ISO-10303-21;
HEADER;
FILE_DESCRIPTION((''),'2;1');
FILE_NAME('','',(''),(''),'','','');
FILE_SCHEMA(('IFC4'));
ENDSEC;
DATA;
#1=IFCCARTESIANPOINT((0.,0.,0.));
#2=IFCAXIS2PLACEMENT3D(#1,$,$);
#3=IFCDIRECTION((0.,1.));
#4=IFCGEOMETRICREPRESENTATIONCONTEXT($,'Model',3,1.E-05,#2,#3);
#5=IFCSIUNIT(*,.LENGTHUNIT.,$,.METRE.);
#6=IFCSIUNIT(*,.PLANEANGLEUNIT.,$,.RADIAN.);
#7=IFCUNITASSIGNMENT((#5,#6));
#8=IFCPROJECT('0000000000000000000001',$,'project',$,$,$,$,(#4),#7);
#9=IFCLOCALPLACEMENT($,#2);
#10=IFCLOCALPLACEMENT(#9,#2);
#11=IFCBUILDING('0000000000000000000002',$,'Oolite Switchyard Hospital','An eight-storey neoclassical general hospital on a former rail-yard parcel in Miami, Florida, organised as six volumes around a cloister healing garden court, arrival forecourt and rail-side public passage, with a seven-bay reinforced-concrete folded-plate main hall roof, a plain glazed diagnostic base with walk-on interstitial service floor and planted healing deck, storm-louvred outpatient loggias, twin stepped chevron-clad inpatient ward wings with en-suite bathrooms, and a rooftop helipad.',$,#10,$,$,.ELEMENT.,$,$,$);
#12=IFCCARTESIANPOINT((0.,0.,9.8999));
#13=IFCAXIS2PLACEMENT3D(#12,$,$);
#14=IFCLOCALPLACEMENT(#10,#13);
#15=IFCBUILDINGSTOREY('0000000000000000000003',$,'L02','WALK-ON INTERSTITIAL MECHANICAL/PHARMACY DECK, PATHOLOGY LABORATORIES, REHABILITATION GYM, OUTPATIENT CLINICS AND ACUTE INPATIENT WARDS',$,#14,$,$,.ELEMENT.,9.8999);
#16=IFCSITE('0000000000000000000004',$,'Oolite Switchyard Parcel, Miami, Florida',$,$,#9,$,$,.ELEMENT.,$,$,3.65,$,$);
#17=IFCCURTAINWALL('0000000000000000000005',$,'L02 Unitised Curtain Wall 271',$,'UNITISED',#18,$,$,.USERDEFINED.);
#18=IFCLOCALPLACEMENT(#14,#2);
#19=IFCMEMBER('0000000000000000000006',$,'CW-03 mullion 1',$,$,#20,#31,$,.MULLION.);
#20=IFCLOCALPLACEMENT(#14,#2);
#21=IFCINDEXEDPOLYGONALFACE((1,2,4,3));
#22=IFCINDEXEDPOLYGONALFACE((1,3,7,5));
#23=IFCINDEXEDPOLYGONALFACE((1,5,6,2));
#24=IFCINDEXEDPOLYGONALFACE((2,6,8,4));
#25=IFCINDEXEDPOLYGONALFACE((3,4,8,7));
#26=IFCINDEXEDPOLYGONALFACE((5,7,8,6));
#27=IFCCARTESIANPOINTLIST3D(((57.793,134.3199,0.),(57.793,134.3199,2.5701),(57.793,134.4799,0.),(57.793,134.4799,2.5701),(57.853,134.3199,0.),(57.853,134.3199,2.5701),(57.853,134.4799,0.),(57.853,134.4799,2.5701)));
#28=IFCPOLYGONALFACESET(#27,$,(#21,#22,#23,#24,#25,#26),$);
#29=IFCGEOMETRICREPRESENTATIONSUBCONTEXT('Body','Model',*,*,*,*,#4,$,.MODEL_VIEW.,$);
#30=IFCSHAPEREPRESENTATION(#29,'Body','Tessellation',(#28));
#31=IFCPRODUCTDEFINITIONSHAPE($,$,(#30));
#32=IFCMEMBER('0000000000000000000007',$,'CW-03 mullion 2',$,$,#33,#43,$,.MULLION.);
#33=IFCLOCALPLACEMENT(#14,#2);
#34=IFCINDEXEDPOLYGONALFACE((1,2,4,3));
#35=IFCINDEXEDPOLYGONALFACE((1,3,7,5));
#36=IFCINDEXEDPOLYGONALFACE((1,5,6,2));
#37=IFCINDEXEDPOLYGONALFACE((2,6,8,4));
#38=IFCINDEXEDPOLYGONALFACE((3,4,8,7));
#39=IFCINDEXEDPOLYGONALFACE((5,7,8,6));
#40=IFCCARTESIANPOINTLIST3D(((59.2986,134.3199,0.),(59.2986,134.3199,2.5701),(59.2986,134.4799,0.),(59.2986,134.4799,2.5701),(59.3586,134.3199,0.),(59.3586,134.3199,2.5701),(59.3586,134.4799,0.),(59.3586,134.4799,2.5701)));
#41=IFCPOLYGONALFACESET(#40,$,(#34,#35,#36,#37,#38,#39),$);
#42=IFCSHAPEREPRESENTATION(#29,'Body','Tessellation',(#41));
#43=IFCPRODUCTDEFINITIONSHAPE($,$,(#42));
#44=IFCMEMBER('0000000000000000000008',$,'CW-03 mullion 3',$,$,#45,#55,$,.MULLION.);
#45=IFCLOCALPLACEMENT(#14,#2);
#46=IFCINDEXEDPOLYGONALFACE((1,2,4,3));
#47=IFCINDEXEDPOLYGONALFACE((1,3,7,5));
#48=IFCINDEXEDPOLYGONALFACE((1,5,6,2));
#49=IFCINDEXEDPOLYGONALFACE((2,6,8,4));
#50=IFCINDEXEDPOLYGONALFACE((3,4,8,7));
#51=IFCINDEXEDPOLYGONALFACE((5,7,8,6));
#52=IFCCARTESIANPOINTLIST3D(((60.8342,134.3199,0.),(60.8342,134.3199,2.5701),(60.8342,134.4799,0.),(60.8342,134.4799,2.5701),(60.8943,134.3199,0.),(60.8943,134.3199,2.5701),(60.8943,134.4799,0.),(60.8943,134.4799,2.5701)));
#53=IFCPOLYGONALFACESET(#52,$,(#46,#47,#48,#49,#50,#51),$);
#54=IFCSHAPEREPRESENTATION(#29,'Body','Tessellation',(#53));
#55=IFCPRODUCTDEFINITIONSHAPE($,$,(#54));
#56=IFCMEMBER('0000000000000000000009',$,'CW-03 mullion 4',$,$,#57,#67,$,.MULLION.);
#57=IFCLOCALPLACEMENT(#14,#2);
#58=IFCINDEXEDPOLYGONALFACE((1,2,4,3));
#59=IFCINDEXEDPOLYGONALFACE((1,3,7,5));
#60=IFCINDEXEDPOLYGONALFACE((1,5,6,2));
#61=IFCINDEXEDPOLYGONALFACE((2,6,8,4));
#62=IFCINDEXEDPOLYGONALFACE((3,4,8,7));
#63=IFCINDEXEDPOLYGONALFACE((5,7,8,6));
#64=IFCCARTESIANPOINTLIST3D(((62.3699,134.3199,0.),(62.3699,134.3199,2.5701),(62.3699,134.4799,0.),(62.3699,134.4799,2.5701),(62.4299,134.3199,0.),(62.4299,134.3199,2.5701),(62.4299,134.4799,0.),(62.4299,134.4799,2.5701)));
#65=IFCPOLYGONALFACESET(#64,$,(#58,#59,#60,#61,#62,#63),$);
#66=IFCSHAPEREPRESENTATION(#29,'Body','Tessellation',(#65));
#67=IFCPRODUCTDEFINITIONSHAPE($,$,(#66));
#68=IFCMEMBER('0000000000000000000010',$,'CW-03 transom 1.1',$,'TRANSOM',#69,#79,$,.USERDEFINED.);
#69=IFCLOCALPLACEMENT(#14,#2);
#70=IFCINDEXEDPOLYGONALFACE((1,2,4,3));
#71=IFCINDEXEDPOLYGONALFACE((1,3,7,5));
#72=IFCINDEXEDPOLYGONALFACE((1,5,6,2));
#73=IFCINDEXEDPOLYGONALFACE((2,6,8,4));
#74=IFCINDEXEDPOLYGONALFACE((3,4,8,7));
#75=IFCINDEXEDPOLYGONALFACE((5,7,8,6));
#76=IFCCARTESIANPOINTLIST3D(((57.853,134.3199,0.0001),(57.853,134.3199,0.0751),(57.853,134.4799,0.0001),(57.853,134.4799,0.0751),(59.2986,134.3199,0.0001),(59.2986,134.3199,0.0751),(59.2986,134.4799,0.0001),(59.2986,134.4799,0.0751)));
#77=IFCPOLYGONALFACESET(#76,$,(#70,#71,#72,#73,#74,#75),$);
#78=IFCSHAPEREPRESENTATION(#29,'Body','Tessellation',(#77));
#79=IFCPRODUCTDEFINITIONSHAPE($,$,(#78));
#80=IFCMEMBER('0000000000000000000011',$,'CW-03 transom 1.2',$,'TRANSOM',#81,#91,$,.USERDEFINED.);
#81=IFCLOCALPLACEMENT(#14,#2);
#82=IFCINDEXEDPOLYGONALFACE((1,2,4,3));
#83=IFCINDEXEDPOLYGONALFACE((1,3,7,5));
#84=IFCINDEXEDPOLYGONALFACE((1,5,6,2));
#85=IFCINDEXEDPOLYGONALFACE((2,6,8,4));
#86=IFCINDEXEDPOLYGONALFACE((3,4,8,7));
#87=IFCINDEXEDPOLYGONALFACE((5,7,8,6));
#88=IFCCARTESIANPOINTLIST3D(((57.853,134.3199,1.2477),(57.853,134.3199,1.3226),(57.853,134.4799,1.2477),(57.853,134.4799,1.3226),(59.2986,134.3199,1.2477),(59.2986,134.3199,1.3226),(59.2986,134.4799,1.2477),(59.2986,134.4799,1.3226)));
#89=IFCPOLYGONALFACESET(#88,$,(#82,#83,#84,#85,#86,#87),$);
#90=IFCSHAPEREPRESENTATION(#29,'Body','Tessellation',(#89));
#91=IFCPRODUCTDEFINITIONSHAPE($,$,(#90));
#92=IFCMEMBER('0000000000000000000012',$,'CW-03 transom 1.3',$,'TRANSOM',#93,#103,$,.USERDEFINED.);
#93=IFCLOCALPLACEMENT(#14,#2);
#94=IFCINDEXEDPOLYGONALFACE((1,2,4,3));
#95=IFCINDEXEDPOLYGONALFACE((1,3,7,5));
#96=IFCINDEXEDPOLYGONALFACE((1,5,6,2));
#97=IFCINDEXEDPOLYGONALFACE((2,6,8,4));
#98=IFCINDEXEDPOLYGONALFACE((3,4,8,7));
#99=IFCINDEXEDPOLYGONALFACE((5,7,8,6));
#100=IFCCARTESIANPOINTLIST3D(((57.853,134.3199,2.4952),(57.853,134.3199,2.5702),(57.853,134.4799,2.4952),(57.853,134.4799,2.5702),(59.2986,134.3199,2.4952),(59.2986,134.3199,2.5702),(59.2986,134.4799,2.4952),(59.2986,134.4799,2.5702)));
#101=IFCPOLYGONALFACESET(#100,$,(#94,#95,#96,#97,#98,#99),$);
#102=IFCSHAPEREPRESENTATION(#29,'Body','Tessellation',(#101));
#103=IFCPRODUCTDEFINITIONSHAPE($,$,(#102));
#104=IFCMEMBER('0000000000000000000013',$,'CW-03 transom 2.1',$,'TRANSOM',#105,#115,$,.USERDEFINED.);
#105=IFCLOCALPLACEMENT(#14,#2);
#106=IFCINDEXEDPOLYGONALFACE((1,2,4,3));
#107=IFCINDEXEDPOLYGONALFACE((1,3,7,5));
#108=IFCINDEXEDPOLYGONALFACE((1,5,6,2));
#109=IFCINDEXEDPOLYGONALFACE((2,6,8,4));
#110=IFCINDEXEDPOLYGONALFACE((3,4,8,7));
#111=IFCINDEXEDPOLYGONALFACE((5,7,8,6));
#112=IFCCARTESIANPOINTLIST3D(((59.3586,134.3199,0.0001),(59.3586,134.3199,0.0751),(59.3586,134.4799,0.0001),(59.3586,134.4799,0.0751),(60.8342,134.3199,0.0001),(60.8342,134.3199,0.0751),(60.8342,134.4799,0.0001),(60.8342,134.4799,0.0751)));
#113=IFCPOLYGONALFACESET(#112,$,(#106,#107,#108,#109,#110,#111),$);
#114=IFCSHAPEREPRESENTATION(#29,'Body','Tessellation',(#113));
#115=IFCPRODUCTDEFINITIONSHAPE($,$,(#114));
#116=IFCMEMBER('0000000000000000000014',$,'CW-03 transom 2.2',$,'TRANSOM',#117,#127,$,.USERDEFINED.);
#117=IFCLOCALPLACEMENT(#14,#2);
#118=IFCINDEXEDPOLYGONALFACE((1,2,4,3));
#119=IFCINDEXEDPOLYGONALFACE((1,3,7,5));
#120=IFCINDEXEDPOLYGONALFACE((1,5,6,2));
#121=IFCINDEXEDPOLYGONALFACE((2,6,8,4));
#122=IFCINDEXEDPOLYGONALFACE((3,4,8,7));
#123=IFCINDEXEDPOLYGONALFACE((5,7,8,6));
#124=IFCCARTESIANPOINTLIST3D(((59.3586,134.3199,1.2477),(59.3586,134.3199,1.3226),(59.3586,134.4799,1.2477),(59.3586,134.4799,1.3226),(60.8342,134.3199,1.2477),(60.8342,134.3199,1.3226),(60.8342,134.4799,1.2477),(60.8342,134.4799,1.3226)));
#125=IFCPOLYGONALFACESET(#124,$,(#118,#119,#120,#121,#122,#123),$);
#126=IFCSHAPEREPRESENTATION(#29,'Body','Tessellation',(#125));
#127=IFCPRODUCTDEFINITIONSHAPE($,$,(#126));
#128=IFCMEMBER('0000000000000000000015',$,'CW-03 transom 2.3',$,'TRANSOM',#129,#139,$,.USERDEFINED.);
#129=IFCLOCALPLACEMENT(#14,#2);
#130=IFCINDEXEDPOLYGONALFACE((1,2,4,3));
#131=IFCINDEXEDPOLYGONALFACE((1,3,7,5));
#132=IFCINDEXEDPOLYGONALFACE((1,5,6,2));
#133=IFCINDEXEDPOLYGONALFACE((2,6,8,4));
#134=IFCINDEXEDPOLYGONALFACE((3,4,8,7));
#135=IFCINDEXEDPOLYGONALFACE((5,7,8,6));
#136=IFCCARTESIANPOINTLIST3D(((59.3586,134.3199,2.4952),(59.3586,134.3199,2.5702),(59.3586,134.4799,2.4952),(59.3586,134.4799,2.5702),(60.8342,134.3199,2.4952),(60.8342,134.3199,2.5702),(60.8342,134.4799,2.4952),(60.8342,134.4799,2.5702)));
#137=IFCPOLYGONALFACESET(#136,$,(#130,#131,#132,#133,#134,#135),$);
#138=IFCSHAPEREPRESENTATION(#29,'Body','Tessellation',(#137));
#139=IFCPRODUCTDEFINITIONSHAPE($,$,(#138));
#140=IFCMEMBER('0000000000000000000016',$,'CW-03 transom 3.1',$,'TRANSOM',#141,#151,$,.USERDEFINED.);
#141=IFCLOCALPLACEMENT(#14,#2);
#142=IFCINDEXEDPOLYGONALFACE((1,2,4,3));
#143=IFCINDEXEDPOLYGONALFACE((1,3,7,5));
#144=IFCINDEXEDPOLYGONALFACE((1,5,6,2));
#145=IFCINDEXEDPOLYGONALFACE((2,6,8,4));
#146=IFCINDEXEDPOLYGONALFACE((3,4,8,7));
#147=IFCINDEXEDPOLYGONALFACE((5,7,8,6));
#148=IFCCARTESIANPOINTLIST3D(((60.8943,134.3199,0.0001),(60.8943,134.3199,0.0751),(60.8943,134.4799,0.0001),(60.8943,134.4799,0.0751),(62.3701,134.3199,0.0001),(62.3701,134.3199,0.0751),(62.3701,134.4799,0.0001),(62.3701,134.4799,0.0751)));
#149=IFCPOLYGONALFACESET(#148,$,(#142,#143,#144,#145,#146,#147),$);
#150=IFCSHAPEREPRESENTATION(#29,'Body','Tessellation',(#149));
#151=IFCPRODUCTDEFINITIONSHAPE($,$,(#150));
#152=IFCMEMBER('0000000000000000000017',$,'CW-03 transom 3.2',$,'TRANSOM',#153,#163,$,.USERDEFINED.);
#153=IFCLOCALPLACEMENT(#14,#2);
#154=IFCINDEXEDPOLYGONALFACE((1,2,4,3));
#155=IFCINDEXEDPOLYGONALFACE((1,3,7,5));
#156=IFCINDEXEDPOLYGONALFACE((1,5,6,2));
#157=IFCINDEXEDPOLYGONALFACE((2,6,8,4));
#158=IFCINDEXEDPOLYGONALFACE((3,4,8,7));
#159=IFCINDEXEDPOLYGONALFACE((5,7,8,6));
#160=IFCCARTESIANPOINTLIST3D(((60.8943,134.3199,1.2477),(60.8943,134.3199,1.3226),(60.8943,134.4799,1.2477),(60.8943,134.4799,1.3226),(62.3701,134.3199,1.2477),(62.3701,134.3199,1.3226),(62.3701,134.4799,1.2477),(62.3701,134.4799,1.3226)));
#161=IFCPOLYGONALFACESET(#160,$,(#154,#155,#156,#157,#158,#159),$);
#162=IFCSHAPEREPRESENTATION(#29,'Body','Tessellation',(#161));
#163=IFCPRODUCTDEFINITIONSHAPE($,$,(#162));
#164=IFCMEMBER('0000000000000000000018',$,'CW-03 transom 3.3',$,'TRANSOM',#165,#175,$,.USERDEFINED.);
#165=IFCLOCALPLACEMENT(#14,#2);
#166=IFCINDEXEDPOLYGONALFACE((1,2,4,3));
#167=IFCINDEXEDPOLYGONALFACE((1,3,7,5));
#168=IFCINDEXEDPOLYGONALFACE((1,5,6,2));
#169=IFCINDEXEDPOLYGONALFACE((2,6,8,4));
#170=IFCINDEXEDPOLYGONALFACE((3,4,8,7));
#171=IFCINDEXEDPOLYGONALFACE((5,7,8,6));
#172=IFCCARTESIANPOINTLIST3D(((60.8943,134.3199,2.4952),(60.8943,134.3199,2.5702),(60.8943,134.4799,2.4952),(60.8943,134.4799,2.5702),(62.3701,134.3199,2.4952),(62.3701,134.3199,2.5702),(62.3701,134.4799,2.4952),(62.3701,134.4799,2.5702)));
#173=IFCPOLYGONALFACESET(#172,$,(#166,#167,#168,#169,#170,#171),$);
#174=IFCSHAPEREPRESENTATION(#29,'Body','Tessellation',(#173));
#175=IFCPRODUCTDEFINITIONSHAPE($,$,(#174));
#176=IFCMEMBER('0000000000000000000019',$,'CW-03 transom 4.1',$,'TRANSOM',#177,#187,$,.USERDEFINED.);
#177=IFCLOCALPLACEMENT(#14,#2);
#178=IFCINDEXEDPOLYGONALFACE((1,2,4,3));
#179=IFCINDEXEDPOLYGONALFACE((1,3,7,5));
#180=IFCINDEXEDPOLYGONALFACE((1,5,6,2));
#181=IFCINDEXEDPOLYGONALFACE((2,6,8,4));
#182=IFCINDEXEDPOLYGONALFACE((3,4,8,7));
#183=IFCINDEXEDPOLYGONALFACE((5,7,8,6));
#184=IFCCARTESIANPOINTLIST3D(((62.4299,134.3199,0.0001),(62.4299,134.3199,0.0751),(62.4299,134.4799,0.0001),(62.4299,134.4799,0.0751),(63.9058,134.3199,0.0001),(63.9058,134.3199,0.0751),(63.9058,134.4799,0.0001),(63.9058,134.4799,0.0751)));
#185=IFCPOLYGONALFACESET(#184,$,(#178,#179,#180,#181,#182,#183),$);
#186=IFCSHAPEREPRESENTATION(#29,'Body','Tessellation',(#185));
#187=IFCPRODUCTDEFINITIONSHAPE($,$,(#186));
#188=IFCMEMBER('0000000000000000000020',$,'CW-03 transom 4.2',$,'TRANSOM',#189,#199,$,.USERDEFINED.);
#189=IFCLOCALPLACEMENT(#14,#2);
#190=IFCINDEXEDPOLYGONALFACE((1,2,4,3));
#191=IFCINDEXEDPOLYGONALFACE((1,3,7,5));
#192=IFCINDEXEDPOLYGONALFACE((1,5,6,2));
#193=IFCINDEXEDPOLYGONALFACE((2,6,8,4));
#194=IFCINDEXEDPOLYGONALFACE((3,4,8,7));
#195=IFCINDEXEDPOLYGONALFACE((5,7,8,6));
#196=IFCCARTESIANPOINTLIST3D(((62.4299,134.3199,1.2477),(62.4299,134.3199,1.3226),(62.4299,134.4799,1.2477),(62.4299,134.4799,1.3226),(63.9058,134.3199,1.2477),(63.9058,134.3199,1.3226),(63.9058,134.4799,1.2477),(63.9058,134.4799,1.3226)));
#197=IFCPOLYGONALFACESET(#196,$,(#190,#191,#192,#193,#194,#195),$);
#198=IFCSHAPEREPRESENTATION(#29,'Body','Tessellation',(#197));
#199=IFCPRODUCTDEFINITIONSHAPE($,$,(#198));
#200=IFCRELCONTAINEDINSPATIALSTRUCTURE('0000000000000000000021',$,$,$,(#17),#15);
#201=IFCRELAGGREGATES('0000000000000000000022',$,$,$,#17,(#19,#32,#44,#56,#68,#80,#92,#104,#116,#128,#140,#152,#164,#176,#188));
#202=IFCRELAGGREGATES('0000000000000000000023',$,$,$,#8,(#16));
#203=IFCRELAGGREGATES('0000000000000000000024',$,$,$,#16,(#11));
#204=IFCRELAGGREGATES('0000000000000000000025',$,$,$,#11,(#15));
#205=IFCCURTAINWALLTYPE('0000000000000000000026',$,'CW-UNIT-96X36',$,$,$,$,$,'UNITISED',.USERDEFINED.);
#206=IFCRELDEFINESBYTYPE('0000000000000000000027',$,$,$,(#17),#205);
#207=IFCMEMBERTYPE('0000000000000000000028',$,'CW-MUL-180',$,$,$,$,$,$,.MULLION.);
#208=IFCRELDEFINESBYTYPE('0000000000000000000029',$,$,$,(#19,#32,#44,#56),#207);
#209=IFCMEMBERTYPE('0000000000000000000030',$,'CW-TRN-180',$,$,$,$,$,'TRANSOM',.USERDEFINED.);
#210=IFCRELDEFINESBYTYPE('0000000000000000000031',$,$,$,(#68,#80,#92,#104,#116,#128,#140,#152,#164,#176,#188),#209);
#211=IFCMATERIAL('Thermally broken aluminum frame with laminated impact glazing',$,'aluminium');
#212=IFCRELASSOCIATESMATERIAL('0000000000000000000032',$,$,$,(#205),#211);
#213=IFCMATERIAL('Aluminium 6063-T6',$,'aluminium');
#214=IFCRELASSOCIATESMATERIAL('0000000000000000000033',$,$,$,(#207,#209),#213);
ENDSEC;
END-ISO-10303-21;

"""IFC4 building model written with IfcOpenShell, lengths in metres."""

from ifc_helpers import new_model, si_unit, direction, frame, origin, origin_2d, place, context, subcontext, project, spatial, rectangle, extrude, material, material_profile, profile_set, type_object, element, aggregate, save


model = new_model("IFC4")

# Units and contexts
model_context = context("Model", 3, precision=1e-05, world=origin(), true_north=direction((0.0, 1.0)))
body_context = subcontext(model_context, "Body", "Model", "MODEL_VIEW")
ifc_project = project(units=[si_unit("LENGTHUNIT", "METRE"), si_unit("PLANEANGLEUNIT", "RADIAN")], contexts=[model_context])

# Site, building, storey
site_placement = place(None, origin())
site = spatial("IfcSite", under=ifc_project, at=site_placement, Name="Oolite Switchyard Parcel, Miami, Florida", CompositionType="ELEMENT", RefElevation=3.65)
building_placement = place(site_placement, origin())
building = spatial("IfcBuilding", under=site, at=building_placement, Name="Oolite Switchyard Hospital", Description="An eight-storey neoclassical general hospital on a former rail-yard parcel in Miami, Florida, organised as six volumes around a cloister healing garden court, arrival forecourt and rail-side public passage, with a seven-bay reinforced-concrete folded-plate main hall roof, a plain glazed diagnostic base with walk-on interstitial service floor and planted healing deck, storm-louvred outpatient loggias, twin stepped chevron-clad inpatient ward wings with en-suite bathrooms, and a rooftop helipad.", CompositionType="ELEMENT")
storey_placement = place(building_placement, frame((0.0, 0.0, 9.8999)))
storey = spatial("IfcBuildingStorey", under=building, at=storey_placement, Name="L02", Description="WALK-ON INTERSTITIAL MECHANICAL/PHARMACY DECK, PATHOLOGY LABORATORIES, REHABILITATION GYM, OUTPATIENT CLINICS AND ACUTE INPATIENT WARDS", CompositionType="ELEMENT", Elevation=9.8999)

# Curtain wall, members
ifc_material_1 = material(Name="Thermally broken aluminum frame with laminated impact glazing", Category="aluminium")
curtain_wall_type = type_object("IfcCurtainWallType", Name="CW-UNIT-96X36", ElementType="UNITISED", PredefinedType="USERDEFINED", material=ifc_material_1)
curtain_wall_placement = place(storey_placement, origin())
curtain_wall = element("IfcCurtainWall", 1, at=curtain_wall_placement, inside=storey, type_object=curtain_wall_type, Name="L02 Unitised Curtain Wall 271", ObjectType="UNITISED", PredefinedType="USERDEFINED")
ifc_material_2 = material(Name="Aluminium 6063-T6", Category="aluminium")
ifc_material_profile_1 = material_profile(ifc_material_2, rectangle(XDim=0.1599, YDim=0.0601, at=origin_2d()), Name="CWM60X160")
ifc_profile_set_1 = profile_set([ifc_material_profile_1], Name="Aluminium 6063-T6")
member_type_1 = type_object("IfcMemberType", Name="CW-MUL-180", PredefinedType="MULLION", material=ifc_profile_set_1)
member_1_placement = place(storey_placement, frame((57.823, 134.3999, 0.0), z_axis=(0.0, 0.0, 1.0), x_axis=(0.0, 1.0, 0.0)))
member_1 = element("IfcMember", 2, at=member_1_placement, type_object=member_type_1, Name="CW-03 mullion 1", PredefinedType="MULLION", context=body_context, shape_type="SweptSolid", body=[
    extrude(rectangle(XDim=0.1599, YDim=0.0601, at=origin_2d()), origin(), (0.0, 0.0, 1.0), 2.5701),
])
member_2_placement = place(storey_placement, frame((59.3286, 134.3999, 0.0), z_axis=(0.0, 0.0, 1.0), x_axis=(0.0, 1.0, 0.0)))
member_2 = element("IfcMember", 3, at=member_2_placement, type_object=member_type_1, Name="CW-03 mullion 2", PredefinedType="MULLION", context=body_context, shape_type="SweptSolid", body=[
    extrude(rectangle(XDim=0.1599, YDim=0.0601, at=origin_2d()), origin(), (0.0, 0.0, 1.0), 2.5701),
])
member_3_placement = place(storey_placement, frame((60.8643, 134.3999, 0.0), z_axis=(0.0, 0.0, 1.0), x_axis=(0.0, 1.0, 0.0)))
member_3 = element("IfcMember", 4, at=member_3_placement, type_object=member_type_1, Name="CW-03 mullion 3", PredefinedType="MULLION", context=body_context, shape_type="SweptSolid", body=[
    extrude(rectangle(XDim=0.1599, YDim=0.0601, at=origin_2d()), origin(), (0.0, 0.0, 1.0), 2.5701),
])
member_4_placement = place(storey_placement, frame((62.3999, 134.3999, 0.0), z_axis=(0.0, 0.0, 1.0), x_axis=(0.0, 1.0, 0.0)))
member_4 = element("IfcMember", 5, at=member_4_placement, type_object=member_type_1, Name="CW-03 mullion 4", PredefinedType="MULLION", context=body_context, shape_type="SweptSolid", body=[
    extrude(rectangle(XDim=0.1599, YDim=0.0601, at=origin_2d()), origin(), (0.0, 0.0, 1.0), 2.5701),
])
ifc_material_profile_2 = material_profile(ifc_material_2, rectangle(XDim=0.1599, YDim=0.075, at=origin_2d()), Name="CWT75X160")
ifc_profile_set_2 = profile_set([ifc_material_profile_2], Name="Aluminium 6063-T6")
member_type_2 = type_object("IfcMemberType", Name="CW-TRN-180", ElementType="TRANSOM", PredefinedType="USERDEFINED", material=ifc_profile_set_2)
member_5_placement = place(storey_placement, frame((57.853, 134.3999, 0.0376), z_axis=(1.0, 0.0, 0.0), x_axis=(0.0, 1.0, 0.0)))
member_5 = element("IfcMember", 6, at=member_5_placement, type_object=member_type_2, Name="CW-03 transom 1.1", ObjectType="TRANSOM", PredefinedType="USERDEFINED", context=body_context, shape_type="SweptSolid", body=[
    extrude(rectangle(XDim=0.1599, YDim=0.075, at=origin_2d()), origin(), (0.0, 0.0, 1.0), 1.4456),
])
member_6_placement = place(storey_placement, frame((57.853, 134.3999, 1.2852), z_axis=(1.0, 0.0, 0.0), x_axis=(0.0, 1.0, 0.0)))
member_6 = element("IfcMember", 7, at=member_6_placement, type_object=member_type_2, Name="CW-03 transom 1.2", ObjectType="TRANSOM", PredefinedType="USERDEFINED", context=body_context, shape_type="SweptSolid", body=[
    extrude(rectangle(XDim=0.1599, YDim=0.075, at=origin_2d()), origin(), (0.0, 0.0, 1.0), 1.4456),
])
member_7_placement = place(storey_placement, frame((57.853, 134.3999, 2.5327), z_axis=(1.0, 0.0, 0.0), x_axis=(0.0, 1.0, 0.0)))
member_7 = element("IfcMember", 8, at=member_7_placement, type_object=member_type_2, Name="CW-03 transom 1.3", ObjectType="TRANSOM", PredefinedType="USERDEFINED", context=body_context, shape_type="SweptSolid", body=[
    extrude(rectangle(XDim=0.1599, YDim=0.075, at=origin_2d()), origin(), (0.0, 0.0, 1.0), 1.4456),
])
member_8_placement = place(storey_placement, frame((59.3586, 134.3999, 0.0376), z_axis=(1.0, 0.0, 0.0), x_axis=(0.0, 1.0, 0.0)))
member_8 = element("IfcMember", 9, at=member_8_placement, type_object=member_type_2, Name="CW-03 transom 2.1", ObjectType="TRANSOM", PredefinedType="USERDEFINED", context=body_context, shape_type="SweptSolid", body=[
    extrude(rectangle(XDim=0.1599, YDim=0.075, at=origin_2d()), origin(), (0.0, 0.0, 1.0), 1.4756),
])
member_9_placement = place(storey_placement, frame((59.3586, 134.3999, 1.2852), z_axis=(1.0, 0.0, 0.0), x_axis=(0.0, 1.0, 0.0)))
member_9 = element("IfcMember", 10, at=member_9_placement, type_object=member_type_2, Name="CW-03 transom 2.2", ObjectType="TRANSOM", PredefinedType="USERDEFINED", context=body_context, shape_type="SweptSolid", body=[
    extrude(rectangle(XDim=0.1599, YDim=0.075, at=origin_2d()), origin(), (0.0, 0.0, 1.0), 1.4756),
])
member_10_placement = place(storey_placement, frame((59.3586, 134.3999, 2.5327), z_axis=(1.0, 0.0, 0.0), x_axis=(0.0, 1.0, 0.0)))
member_10 = element("IfcMember", 11, at=member_10_placement, type_object=member_type_2, Name="CW-03 transom 2.3", ObjectType="TRANSOM", PredefinedType="USERDEFINED", context=body_context, shape_type="SweptSolid", body=[
    extrude(rectangle(XDim=0.1599, YDim=0.075, at=origin_2d()), origin(), (0.0, 0.0, 1.0), 1.4756),
])
member_11_placement = place(storey_placement, frame((60.8943, 134.3999, 0.0376), z_axis=(1.0, 0.0, 0.0), x_axis=(0.0, 1.0, 0.0)))
member_11 = element("IfcMember", 12, at=member_11_placement, type_object=member_type_2, Name="CW-03 transom 3.1", ObjectType="TRANSOM", PredefinedType="USERDEFINED", context=body_context, shape_type="SweptSolid", body=[
    extrude(rectangle(XDim=0.1599, YDim=0.075, at=origin_2d()), origin(), (0.0, 0.0, 1.0), 1.4758),
])
member_12_placement = place(storey_placement, frame((60.8943, 134.3999, 1.2852), z_axis=(1.0, 0.0, 0.0), x_axis=(0.0, 1.0, 0.0)))
member_12 = element("IfcMember", 13, at=member_12_placement, type_object=member_type_2, Name="CW-03 transom 3.2", ObjectType="TRANSOM", PredefinedType="USERDEFINED", context=body_context, shape_type="SweptSolid", body=[
    extrude(rectangle(XDim=0.1599, YDim=0.075, at=origin_2d()), origin(), (0.0, 0.0, 1.0), 1.4758),
])
member_13_placement = place(storey_placement, frame((60.8943, 134.3999, 2.5327), z_axis=(1.0, 0.0, 0.0), x_axis=(0.0, 1.0, 0.0)))
member_13 = element("IfcMember", 14, at=member_13_placement, type_object=member_type_2, Name="CW-03 transom 3.3", ObjectType="TRANSOM", PredefinedType="USERDEFINED", context=body_context, shape_type="SweptSolid", body=[
    extrude(rectangle(XDim=0.1599, YDim=0.075, at=origin_2d()), origin(), (0.0, 0.0, 1.0), 1.4758),
])
member_14_placement = place(storey_placement, frame((62.4299, 134.3999, 0.0376), z_axis=(1.0, 0.0, 0.0), x_axis=(0.0, 1.0, 0.0)))
member_14 = element("IfcMember", 15, at=member_14_placement, type_object=member_type_2, Name="CW-03 transom 4.1", ObjectType="TRANSOM", PredefinedType="USERDEFINED", context=body_context, shape_type="SweptSolid", body=[
    extrude(rectangle(XDim=0.1599, YDim=0.075, at=origin_2d()), origin(), (0.0, 0.0, 1.0), 1.4758),
])
member_15_placement = place(storey_placement, frame((62.4299, 134.3999, 1.2852), z_axis=(1.0, 0.0, 0.0), x_axis=(0.0, 1.0, 0.0)))
member_15 = element("IfcMember", 16, at=member_15_placement, type_object=member_type_2, Name="CW-03 transom 4.2", ObjectType="TRANSOM", PredefinedType="USERDEFINED", context=body_context, shape_type="SweptSolid", body=[
    extrude(rectangle(XDim=0.1599, YDim=0.075, at=origin_2d()), origin(), (0.0, 0.0, 1.0), 1.4758),
])
aggregate(curtain_wall, [member_1, member_2, member_3, member_4, member_5, member_6, member_7, member_8, member_9, member_10, member_11, member_12, member_13, member_14, member_15])

save(model, "model.ifc")
